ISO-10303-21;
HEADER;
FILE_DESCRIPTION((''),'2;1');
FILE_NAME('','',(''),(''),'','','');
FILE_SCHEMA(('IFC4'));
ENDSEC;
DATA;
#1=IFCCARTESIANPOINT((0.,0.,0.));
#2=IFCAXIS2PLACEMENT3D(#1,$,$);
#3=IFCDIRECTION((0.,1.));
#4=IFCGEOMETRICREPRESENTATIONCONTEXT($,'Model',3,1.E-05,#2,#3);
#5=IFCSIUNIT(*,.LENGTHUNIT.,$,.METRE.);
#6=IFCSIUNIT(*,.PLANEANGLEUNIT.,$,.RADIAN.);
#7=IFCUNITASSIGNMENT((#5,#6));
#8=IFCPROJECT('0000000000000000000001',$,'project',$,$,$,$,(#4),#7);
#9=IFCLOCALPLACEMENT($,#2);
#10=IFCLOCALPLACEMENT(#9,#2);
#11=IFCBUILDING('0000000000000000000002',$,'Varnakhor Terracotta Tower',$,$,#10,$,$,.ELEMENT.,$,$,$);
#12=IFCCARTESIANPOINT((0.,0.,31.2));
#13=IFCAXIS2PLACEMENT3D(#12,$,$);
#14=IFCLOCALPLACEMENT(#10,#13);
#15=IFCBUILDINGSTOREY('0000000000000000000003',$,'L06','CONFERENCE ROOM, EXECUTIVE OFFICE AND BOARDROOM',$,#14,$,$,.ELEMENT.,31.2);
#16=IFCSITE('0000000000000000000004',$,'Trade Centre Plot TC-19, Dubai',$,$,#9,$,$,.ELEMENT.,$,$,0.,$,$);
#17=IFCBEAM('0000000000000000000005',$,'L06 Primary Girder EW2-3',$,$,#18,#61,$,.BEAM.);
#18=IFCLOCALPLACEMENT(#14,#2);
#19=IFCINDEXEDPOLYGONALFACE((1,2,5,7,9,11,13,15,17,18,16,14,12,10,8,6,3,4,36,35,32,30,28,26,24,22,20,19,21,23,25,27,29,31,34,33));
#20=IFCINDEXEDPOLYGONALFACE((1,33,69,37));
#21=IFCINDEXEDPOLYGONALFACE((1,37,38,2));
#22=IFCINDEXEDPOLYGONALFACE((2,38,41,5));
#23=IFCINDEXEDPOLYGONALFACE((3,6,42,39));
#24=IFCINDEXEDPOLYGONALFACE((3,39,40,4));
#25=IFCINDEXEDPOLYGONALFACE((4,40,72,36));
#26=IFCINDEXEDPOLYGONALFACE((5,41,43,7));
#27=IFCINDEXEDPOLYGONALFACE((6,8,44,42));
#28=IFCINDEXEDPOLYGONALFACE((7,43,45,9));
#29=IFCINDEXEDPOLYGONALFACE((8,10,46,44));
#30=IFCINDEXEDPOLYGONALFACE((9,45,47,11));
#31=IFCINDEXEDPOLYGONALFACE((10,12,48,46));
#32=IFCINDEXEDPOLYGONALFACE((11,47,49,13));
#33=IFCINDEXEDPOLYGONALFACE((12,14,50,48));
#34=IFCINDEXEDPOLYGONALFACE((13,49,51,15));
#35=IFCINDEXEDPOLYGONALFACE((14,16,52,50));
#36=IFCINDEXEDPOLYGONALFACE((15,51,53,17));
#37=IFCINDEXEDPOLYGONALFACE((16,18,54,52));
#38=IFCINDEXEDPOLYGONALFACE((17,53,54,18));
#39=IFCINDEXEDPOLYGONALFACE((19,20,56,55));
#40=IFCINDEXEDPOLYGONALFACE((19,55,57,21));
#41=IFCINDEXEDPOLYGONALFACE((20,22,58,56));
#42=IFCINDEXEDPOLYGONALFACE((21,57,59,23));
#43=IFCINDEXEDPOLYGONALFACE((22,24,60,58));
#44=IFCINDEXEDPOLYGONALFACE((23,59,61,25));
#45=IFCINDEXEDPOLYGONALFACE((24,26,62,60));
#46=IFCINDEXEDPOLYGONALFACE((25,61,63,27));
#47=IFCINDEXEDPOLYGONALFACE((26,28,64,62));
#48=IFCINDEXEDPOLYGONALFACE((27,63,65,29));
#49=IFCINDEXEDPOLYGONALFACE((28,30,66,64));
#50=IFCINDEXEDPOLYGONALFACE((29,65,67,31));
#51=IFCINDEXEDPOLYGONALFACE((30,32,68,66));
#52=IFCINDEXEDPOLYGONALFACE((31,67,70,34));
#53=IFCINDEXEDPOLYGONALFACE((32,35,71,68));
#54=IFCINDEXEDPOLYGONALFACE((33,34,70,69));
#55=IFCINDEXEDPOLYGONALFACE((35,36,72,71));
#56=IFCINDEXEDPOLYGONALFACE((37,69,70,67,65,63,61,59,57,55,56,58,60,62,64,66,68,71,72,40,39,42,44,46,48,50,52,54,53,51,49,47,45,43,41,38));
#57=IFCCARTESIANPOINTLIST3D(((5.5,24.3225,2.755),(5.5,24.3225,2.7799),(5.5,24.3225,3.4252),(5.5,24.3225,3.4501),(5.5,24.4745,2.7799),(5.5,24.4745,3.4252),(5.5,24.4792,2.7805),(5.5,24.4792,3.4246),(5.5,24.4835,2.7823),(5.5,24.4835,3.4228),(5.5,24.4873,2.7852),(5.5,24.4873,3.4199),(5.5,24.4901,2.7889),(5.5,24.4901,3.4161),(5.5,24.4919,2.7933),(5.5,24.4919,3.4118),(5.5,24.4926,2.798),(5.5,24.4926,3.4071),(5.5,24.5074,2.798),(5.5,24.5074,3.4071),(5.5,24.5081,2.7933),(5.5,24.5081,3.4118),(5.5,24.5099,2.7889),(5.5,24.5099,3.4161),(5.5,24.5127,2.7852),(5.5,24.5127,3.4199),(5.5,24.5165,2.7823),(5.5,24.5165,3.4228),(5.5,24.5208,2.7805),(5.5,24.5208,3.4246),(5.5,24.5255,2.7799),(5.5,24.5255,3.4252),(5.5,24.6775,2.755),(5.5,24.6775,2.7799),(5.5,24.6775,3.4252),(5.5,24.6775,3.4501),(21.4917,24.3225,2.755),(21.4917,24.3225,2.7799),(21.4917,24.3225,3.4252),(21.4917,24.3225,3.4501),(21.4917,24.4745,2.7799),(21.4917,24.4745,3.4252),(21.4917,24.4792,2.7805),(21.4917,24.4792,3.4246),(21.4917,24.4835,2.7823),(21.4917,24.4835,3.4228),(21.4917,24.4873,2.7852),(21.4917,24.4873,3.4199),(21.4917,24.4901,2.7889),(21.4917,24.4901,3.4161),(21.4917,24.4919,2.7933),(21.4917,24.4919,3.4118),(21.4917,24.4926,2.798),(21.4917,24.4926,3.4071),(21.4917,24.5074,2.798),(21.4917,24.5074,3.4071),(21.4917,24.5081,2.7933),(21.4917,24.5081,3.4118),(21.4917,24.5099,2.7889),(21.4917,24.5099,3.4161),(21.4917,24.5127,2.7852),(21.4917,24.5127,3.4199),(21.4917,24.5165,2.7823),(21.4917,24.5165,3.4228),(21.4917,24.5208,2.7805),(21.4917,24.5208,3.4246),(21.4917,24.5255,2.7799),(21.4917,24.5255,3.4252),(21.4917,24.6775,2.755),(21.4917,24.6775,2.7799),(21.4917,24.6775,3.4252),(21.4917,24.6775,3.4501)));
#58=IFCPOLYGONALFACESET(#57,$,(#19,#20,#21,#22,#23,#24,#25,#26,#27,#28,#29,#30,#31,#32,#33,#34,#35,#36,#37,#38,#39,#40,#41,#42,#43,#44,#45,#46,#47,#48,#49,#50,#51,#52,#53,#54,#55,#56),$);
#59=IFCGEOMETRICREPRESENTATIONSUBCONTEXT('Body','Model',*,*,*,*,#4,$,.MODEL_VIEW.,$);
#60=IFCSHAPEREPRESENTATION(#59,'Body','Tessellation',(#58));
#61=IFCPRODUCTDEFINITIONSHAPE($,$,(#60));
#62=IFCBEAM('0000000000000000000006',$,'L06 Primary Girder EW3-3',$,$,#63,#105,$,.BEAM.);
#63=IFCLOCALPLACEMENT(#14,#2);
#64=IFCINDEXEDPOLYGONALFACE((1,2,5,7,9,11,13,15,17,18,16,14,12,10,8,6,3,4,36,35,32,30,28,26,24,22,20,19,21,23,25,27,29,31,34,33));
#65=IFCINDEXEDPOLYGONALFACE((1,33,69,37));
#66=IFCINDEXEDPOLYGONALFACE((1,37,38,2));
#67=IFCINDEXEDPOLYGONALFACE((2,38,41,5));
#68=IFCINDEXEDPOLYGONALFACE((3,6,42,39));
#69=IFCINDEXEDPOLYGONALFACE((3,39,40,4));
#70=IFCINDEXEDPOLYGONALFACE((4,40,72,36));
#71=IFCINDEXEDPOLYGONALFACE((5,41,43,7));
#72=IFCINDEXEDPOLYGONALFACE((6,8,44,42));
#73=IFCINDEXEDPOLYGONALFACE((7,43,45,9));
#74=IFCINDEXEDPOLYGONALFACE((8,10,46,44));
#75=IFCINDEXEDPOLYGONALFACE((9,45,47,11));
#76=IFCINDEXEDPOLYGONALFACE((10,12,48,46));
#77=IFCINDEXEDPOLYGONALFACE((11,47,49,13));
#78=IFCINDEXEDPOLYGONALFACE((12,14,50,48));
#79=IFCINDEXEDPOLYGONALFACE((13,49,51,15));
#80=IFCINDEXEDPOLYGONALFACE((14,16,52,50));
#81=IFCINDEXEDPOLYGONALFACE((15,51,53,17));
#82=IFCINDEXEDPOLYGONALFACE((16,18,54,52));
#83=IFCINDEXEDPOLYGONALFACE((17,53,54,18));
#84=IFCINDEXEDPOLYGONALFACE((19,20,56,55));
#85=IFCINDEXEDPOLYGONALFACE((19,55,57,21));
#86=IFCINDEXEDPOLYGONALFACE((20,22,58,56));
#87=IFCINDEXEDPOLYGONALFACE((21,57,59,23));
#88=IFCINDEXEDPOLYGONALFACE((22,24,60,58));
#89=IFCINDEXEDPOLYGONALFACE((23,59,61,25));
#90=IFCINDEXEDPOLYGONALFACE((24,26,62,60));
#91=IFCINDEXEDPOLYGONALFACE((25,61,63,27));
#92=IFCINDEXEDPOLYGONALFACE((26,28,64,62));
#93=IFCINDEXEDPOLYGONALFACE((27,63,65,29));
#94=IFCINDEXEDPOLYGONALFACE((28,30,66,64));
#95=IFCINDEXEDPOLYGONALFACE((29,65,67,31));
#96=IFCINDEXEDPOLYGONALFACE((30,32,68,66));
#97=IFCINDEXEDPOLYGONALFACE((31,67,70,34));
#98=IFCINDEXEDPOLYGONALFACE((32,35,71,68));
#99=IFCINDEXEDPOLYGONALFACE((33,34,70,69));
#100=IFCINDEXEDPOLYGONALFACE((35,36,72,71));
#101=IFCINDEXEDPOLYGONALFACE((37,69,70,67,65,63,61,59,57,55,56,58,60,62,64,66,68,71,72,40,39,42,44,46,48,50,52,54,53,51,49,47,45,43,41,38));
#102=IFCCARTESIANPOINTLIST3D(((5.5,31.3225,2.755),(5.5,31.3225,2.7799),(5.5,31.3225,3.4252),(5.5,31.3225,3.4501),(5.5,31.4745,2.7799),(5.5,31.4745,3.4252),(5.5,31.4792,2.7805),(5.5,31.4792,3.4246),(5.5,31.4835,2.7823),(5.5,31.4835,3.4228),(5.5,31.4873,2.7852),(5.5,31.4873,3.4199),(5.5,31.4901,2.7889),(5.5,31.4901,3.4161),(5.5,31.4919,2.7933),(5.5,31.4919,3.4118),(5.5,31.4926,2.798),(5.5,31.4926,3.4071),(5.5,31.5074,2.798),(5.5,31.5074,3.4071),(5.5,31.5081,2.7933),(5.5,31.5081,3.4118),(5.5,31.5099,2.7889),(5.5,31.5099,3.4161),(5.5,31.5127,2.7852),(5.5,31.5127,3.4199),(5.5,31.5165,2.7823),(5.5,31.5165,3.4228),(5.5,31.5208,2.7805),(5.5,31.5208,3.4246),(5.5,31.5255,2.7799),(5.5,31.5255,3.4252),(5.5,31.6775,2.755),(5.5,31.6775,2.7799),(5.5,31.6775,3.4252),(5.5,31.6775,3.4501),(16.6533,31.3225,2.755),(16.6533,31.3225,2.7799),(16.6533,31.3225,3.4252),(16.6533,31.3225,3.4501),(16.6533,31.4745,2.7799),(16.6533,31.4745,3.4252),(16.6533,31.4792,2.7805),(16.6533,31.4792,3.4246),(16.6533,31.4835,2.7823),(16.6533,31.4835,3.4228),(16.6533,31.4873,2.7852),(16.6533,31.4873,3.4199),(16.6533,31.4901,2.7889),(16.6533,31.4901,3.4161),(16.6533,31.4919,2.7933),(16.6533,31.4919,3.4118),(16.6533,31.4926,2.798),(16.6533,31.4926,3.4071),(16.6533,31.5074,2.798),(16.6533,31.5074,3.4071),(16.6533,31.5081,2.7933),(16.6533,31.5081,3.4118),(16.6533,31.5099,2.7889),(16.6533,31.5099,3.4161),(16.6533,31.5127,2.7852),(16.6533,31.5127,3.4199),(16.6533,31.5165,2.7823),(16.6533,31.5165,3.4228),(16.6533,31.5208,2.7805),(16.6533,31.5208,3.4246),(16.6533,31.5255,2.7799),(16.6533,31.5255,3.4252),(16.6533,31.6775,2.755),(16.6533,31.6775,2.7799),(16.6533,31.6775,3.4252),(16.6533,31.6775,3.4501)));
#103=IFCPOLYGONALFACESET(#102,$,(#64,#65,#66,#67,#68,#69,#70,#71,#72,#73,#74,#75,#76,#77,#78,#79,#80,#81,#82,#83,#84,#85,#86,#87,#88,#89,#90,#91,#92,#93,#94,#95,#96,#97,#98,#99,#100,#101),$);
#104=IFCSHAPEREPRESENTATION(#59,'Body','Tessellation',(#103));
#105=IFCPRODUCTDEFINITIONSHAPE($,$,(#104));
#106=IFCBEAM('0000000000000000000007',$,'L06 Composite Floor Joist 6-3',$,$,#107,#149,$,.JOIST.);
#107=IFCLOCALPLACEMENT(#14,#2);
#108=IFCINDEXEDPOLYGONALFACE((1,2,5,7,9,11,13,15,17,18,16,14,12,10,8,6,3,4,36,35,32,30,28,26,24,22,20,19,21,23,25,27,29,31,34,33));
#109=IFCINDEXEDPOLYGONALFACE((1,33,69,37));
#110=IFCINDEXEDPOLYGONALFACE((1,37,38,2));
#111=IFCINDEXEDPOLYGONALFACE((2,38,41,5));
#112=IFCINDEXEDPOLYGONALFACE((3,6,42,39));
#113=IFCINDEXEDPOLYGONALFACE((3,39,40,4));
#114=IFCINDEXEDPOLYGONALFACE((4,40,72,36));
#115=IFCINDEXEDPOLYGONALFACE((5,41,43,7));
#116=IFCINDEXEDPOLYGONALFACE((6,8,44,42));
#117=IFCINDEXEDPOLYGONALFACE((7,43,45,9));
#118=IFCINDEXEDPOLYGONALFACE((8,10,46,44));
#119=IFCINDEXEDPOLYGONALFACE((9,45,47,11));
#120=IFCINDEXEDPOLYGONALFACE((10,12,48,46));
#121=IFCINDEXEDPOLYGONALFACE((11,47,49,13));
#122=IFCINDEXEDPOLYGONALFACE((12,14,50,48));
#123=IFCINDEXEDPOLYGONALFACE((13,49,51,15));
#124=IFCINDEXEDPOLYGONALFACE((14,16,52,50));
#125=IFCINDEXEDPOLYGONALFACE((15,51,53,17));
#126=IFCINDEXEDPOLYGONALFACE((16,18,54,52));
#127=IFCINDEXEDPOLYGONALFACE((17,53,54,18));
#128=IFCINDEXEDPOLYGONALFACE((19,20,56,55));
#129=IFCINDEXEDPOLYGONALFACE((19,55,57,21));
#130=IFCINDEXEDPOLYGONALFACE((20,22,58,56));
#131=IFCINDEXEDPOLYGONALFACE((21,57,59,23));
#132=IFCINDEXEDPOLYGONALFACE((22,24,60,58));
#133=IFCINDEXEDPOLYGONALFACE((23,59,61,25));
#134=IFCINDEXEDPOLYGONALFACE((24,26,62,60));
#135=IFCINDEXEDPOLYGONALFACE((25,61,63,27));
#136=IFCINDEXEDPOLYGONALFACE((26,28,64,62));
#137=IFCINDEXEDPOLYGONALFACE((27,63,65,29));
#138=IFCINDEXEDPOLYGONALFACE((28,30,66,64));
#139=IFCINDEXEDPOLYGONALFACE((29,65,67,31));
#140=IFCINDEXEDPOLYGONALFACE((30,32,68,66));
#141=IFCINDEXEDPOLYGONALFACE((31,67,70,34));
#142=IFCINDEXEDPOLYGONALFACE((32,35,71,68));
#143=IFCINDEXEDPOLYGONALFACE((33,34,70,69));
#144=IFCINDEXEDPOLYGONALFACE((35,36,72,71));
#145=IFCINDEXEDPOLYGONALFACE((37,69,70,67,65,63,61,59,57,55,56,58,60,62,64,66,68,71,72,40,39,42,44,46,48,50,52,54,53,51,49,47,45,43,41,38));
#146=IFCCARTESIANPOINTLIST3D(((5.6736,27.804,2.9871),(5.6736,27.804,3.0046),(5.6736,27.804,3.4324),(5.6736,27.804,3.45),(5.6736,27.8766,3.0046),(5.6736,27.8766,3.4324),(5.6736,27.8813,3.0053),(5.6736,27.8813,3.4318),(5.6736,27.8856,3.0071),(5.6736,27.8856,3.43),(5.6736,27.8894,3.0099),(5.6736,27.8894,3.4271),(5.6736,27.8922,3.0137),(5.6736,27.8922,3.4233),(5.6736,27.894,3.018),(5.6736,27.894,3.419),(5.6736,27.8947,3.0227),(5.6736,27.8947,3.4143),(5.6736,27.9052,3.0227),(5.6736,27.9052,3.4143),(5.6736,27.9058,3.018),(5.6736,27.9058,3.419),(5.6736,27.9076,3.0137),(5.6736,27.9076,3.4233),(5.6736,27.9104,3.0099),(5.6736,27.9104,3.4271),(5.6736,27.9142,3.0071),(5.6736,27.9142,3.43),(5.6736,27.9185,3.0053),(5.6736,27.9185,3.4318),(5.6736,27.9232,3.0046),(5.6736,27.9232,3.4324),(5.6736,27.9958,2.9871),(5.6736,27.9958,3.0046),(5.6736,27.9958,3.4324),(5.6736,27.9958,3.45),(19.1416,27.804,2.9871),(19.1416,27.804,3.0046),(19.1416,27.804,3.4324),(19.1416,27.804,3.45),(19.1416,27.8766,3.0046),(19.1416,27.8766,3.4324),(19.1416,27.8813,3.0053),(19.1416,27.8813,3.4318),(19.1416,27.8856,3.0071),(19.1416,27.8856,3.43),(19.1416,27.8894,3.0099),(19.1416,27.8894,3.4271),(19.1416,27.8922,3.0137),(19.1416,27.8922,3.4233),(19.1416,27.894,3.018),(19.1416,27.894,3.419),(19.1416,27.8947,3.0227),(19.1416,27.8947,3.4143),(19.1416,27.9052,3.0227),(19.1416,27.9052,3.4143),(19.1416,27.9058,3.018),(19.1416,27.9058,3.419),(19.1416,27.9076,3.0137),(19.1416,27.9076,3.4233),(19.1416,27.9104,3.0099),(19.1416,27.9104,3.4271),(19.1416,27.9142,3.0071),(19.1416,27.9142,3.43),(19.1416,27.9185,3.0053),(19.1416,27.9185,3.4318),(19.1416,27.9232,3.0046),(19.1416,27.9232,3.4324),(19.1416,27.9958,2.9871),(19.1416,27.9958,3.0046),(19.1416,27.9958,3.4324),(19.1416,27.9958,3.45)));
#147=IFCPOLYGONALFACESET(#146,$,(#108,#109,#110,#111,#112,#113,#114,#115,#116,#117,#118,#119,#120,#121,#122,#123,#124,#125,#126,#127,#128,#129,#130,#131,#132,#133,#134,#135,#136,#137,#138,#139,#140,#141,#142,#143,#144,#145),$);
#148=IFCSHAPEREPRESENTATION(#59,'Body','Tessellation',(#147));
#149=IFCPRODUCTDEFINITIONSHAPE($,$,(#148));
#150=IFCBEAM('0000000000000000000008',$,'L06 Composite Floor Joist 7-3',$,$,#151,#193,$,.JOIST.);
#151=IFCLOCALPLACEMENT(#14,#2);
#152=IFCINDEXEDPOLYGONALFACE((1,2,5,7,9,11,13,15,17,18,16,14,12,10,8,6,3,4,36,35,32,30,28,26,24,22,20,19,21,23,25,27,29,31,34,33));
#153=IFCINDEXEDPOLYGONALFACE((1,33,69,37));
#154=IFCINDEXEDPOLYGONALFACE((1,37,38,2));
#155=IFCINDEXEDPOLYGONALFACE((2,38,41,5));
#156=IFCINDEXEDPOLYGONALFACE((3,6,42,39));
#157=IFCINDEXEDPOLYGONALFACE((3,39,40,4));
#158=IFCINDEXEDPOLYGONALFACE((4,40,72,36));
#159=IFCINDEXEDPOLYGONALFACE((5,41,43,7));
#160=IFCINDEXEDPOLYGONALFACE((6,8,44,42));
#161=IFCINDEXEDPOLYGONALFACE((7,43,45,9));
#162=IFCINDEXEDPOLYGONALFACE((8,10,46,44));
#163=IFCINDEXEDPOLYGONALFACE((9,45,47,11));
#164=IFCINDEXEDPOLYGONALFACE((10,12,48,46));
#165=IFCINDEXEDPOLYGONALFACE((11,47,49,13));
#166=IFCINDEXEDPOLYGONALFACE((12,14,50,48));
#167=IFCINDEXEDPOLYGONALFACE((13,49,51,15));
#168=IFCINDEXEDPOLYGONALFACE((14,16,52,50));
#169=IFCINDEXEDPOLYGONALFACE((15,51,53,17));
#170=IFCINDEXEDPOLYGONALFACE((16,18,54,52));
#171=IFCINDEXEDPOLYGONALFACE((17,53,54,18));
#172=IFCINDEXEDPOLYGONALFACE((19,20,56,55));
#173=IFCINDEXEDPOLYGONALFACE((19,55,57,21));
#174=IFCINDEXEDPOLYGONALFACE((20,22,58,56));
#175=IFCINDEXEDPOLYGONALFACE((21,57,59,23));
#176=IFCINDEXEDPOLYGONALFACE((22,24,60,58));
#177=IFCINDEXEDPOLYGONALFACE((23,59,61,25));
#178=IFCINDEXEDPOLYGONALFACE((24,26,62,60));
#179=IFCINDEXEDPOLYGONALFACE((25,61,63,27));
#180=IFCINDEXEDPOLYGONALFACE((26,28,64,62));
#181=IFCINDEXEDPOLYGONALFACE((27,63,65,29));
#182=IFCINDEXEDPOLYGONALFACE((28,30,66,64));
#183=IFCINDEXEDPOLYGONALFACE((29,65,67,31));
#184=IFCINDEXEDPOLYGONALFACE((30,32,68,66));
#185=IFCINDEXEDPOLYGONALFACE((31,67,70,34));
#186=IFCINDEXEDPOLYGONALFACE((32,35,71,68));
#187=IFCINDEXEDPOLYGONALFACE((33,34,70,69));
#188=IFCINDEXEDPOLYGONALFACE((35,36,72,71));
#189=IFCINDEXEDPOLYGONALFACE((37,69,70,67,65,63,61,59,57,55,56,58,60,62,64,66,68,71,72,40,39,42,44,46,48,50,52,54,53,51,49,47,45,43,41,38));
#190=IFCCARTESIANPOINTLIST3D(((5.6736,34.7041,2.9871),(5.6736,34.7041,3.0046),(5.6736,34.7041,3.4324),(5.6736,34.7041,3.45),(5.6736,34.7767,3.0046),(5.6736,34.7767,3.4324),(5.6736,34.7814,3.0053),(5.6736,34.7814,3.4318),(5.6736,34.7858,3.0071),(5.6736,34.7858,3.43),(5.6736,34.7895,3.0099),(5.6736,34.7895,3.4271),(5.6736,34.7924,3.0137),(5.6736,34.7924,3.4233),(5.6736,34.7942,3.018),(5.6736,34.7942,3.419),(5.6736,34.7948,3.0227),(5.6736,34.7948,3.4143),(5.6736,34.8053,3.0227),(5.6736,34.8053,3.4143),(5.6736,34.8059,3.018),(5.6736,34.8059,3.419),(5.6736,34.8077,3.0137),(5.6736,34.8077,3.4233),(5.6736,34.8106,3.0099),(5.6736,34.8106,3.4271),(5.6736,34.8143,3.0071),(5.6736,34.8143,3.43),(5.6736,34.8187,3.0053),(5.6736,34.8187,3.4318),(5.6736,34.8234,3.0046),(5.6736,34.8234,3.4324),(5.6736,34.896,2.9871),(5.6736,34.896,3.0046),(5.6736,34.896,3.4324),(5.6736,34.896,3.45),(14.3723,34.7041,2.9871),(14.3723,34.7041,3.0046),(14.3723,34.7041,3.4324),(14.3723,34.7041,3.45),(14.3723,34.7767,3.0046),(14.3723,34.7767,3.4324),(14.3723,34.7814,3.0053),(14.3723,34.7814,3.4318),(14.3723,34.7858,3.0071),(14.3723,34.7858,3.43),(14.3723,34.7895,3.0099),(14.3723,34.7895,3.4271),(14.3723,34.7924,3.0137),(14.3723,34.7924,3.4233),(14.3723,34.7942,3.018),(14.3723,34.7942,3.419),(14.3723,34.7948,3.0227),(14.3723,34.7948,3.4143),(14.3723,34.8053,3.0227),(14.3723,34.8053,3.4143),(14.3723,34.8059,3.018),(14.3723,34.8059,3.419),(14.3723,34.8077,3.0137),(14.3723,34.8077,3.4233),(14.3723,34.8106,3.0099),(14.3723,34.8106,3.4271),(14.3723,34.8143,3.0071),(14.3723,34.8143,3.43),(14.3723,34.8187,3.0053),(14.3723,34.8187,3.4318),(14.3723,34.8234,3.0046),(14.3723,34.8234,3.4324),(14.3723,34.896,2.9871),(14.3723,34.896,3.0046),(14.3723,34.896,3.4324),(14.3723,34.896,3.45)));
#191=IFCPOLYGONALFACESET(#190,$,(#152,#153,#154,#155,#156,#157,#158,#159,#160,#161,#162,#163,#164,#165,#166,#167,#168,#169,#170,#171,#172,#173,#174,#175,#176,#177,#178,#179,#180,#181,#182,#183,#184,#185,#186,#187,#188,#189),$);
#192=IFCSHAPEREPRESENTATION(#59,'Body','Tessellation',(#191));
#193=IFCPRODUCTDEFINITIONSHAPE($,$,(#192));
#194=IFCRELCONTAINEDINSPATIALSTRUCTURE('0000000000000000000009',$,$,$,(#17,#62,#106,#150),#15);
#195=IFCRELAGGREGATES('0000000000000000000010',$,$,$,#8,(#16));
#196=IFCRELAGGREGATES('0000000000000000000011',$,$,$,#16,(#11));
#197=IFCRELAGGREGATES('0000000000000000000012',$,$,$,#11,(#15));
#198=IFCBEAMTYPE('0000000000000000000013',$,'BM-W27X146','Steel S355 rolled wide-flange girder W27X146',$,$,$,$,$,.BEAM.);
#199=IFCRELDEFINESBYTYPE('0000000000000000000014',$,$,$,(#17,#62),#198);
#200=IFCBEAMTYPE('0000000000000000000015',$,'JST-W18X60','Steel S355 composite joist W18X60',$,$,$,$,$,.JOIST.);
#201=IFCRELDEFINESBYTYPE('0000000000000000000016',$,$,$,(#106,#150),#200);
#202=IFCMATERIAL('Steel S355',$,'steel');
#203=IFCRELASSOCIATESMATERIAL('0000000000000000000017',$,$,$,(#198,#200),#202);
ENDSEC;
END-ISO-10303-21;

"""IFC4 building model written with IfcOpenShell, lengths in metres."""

from ifc_helpers import new_model, si_unit, direction, frame, origin, origin_2d, place, context, subcontext, project, spatial, i_section, extrude, source, transform, mapped, material, material_profile, profile_set, type_object, element, save


model = new_model("IFC4")

# Units and contexts
model_context = context("Model", 3, precision=1e-05, world=origin(), true_north=direction((0.0, 1.0)))
body_context = subcontext(model_context, "Body", "Model", "MODEL_VIEW")
ifc_project = project(units=[si_unit("LENGTHUNIT", "METRE"), si_unit("PLANEANGLEUNIT", "RADIAN")], contexts=[model_context])

# Site, building, storey
site_placement = place(None, origin())
site = spatial("IfcSite", under=ifc_project, at=site_placement, Name="Trade Centre Plot TC-19, Dubai", CompositionType="ELEMENT", RefElevation=0.0)
building_placement = place(site_placement, origin())
building = spatial("IfcBuilding", under=site, at=building_placement, Name="Varnakhor Terracotta Tower", CompositionType="ELEMENT")
storey_placement = place(building_placement, frame((0.0, 0.0, 31.2)))
storey = spatial("IfcBuildingStorey", under=building, at=storey_placement, Name="L06", Description="CONFERENCE ROOM, EXECUTIVE OFFICE AND BOARDROOM", CompositionType="ELEMENT", Elevation=31.2)

# Beams
ifc_material_1 = material(Name="Steel S355", Category="steel")
ifc_material_profile_1 = material_profile(ifc_material_1, i_section(OverallWidth=0.355, OverallDepth=0.6951, WebThickness=0.0149, FlangeThickness=0.0249, FilletRadius=0.0181, at=origin_2d()), Name="W27X146")
ifc_profile_set_1 = profile_set([ifc_material_profile_1], Name="Steel S355")
beam_type_1 = type_object("IfcBeamType", Name="BM-W27X146", Description="Steel S355 rolled wide-flange girder W27X146", PredefinedType="BEAM", material=ifc_profile_set_1)
shared_shape_1 = source(origin(), body_context, "Body", "SweptSolid", [
    extrude(i_section(OverallWidth=0.355, OverallDepth=0.6951, WebThickness=0.0149, FlangeThickness=0.0249, FilletRadius=0.0181, at=origin_2d()), origin(), (0.0, 0.0, 1.0), 15.9917),
])
beam_1_placement = place(storey_placement, frame((5.5, 24.5, 3.1025), z_axis=(1.0, 0.0, 0.0), x_axis=(0.0, 1.0, 0.0)))
element("IfcBeam", 1, at=beam_1_placement, inside=storey, type_object=beam_type_1, Name="L06 Primary Girder EW2-3", PredefinedType="BEAM", context=body_context, shape_type="MappedRepresentation", body=[
    mapped(shared_shape_1, transform((0.0, 0.0, 0.0), scale=1.0)),
])
shared_shape_2 = source(origin(), body_context, "Body", "SweptSolid", [
    extrude(i_section(OverallWidth=0.355, OverallDepth=0.6951, WebThickness=0.0149, FlangeThickness=0.0249, FilletRadius=0.0181, at=origin_2d()), origin(), (0.0, 0.0, 1.0), 11.1533),
])
beam_2_placement = place(storey_placement, frame((5.5, 31.5, 3.1025), z_axis=(1.0, 0.0, 0.0), x_axis=(0.0, 1.0, 0.0)))
element("IfcBeam", 2, at=beam_2_placement, inside=storey, type_object=beam_type_1, Name="L06 Primary Girder EW3-3", PredefinedType="BEAM", context=body_context, shape_type="MappedRepresentation", body=[
    mapped(shared_shape_2, transform((0.0, 0.0, 0.0), scale=1.0)),
])
ifc_material_profile_2 = material_profile(ifc_material_1, i_section(OverallWidth=0.1919, OverallDepth=0.4629, WebThickness=0.0105, FlangeThickness=0.0176, FilletRadius=0.0181, at=origin_2d()), Name="W18X60")
ifc_profile_set_2 = profile_set([ifc_material_profile_2], Name="Steel S355")
beam_type_2 = type_object("IfcBeamType", Name="JST-W18X60", Description="Steel S355 composite joist W18X60", PredefinedType="JOIST", material=ifc_profile_set_2)
shared_shape_3 = source(origin(), body_context, "Body", "SweptSolid", [
    extrude(i_section(OverallWidth=0.1919, OverallDepth=0.4629, WebThickness=0.0105, FlangeThickness=0.0176, FilletRadius=0.0181, at=origin_2d()), origin(), (0.0, 0.0, 1.0), 13.468),
])
beam_3_placement = place(storey_placement, frame((5.6736, 27.8999, 3.2185), z_axis=(1.0, 0.0, 0.0), x_axis=(0.0, 1.0, 0.0)))
element("IfcBeam", 3, at=beam_3_placement, inside=storey, type_object=beam_type_2, Name="L06 Composite Floor Joist 6-3", PredefinedType="JOIST", context=body_context, shape_type="MappedRepresentation", body=[
    mapped(shared_shape_3, transform((0.0, 0.0, 0.0), scale=1.0)),
])
shared_shape_4 = source(origin(), body_context, "Body", "SweptSolid", [
    extrude(i_section(OverallWidth=0.1919, OverallDepth=0.4629, WebThickness=0.0105, FlangeThickness=0.0176, FilletRadius=0.0181, at=origin_2d()), origin(), (0.0, 0.0, 1.0), 8.6987),
])
beam_4_placement = place(storey_placement, frame((5.6736, 34.8, 3.2185), z_axis=(1.0, 0.0, 0.0), x_axis=(0.0, 1.0, 0.0)))
element("IfcBeam", 4, at=beam_4_placement, inside=storey, type_object=beam_type_2, Name="L06 Composite Floor Joist 7-3", PredefinedType="JOIST", context=body_context, shape_type="MappedRepresentation", body=[
    mapped(shared_shape_4, transform((0.0, 0.0, 0.0), scale=1.0)),
])

save(model, "model.ifc")
